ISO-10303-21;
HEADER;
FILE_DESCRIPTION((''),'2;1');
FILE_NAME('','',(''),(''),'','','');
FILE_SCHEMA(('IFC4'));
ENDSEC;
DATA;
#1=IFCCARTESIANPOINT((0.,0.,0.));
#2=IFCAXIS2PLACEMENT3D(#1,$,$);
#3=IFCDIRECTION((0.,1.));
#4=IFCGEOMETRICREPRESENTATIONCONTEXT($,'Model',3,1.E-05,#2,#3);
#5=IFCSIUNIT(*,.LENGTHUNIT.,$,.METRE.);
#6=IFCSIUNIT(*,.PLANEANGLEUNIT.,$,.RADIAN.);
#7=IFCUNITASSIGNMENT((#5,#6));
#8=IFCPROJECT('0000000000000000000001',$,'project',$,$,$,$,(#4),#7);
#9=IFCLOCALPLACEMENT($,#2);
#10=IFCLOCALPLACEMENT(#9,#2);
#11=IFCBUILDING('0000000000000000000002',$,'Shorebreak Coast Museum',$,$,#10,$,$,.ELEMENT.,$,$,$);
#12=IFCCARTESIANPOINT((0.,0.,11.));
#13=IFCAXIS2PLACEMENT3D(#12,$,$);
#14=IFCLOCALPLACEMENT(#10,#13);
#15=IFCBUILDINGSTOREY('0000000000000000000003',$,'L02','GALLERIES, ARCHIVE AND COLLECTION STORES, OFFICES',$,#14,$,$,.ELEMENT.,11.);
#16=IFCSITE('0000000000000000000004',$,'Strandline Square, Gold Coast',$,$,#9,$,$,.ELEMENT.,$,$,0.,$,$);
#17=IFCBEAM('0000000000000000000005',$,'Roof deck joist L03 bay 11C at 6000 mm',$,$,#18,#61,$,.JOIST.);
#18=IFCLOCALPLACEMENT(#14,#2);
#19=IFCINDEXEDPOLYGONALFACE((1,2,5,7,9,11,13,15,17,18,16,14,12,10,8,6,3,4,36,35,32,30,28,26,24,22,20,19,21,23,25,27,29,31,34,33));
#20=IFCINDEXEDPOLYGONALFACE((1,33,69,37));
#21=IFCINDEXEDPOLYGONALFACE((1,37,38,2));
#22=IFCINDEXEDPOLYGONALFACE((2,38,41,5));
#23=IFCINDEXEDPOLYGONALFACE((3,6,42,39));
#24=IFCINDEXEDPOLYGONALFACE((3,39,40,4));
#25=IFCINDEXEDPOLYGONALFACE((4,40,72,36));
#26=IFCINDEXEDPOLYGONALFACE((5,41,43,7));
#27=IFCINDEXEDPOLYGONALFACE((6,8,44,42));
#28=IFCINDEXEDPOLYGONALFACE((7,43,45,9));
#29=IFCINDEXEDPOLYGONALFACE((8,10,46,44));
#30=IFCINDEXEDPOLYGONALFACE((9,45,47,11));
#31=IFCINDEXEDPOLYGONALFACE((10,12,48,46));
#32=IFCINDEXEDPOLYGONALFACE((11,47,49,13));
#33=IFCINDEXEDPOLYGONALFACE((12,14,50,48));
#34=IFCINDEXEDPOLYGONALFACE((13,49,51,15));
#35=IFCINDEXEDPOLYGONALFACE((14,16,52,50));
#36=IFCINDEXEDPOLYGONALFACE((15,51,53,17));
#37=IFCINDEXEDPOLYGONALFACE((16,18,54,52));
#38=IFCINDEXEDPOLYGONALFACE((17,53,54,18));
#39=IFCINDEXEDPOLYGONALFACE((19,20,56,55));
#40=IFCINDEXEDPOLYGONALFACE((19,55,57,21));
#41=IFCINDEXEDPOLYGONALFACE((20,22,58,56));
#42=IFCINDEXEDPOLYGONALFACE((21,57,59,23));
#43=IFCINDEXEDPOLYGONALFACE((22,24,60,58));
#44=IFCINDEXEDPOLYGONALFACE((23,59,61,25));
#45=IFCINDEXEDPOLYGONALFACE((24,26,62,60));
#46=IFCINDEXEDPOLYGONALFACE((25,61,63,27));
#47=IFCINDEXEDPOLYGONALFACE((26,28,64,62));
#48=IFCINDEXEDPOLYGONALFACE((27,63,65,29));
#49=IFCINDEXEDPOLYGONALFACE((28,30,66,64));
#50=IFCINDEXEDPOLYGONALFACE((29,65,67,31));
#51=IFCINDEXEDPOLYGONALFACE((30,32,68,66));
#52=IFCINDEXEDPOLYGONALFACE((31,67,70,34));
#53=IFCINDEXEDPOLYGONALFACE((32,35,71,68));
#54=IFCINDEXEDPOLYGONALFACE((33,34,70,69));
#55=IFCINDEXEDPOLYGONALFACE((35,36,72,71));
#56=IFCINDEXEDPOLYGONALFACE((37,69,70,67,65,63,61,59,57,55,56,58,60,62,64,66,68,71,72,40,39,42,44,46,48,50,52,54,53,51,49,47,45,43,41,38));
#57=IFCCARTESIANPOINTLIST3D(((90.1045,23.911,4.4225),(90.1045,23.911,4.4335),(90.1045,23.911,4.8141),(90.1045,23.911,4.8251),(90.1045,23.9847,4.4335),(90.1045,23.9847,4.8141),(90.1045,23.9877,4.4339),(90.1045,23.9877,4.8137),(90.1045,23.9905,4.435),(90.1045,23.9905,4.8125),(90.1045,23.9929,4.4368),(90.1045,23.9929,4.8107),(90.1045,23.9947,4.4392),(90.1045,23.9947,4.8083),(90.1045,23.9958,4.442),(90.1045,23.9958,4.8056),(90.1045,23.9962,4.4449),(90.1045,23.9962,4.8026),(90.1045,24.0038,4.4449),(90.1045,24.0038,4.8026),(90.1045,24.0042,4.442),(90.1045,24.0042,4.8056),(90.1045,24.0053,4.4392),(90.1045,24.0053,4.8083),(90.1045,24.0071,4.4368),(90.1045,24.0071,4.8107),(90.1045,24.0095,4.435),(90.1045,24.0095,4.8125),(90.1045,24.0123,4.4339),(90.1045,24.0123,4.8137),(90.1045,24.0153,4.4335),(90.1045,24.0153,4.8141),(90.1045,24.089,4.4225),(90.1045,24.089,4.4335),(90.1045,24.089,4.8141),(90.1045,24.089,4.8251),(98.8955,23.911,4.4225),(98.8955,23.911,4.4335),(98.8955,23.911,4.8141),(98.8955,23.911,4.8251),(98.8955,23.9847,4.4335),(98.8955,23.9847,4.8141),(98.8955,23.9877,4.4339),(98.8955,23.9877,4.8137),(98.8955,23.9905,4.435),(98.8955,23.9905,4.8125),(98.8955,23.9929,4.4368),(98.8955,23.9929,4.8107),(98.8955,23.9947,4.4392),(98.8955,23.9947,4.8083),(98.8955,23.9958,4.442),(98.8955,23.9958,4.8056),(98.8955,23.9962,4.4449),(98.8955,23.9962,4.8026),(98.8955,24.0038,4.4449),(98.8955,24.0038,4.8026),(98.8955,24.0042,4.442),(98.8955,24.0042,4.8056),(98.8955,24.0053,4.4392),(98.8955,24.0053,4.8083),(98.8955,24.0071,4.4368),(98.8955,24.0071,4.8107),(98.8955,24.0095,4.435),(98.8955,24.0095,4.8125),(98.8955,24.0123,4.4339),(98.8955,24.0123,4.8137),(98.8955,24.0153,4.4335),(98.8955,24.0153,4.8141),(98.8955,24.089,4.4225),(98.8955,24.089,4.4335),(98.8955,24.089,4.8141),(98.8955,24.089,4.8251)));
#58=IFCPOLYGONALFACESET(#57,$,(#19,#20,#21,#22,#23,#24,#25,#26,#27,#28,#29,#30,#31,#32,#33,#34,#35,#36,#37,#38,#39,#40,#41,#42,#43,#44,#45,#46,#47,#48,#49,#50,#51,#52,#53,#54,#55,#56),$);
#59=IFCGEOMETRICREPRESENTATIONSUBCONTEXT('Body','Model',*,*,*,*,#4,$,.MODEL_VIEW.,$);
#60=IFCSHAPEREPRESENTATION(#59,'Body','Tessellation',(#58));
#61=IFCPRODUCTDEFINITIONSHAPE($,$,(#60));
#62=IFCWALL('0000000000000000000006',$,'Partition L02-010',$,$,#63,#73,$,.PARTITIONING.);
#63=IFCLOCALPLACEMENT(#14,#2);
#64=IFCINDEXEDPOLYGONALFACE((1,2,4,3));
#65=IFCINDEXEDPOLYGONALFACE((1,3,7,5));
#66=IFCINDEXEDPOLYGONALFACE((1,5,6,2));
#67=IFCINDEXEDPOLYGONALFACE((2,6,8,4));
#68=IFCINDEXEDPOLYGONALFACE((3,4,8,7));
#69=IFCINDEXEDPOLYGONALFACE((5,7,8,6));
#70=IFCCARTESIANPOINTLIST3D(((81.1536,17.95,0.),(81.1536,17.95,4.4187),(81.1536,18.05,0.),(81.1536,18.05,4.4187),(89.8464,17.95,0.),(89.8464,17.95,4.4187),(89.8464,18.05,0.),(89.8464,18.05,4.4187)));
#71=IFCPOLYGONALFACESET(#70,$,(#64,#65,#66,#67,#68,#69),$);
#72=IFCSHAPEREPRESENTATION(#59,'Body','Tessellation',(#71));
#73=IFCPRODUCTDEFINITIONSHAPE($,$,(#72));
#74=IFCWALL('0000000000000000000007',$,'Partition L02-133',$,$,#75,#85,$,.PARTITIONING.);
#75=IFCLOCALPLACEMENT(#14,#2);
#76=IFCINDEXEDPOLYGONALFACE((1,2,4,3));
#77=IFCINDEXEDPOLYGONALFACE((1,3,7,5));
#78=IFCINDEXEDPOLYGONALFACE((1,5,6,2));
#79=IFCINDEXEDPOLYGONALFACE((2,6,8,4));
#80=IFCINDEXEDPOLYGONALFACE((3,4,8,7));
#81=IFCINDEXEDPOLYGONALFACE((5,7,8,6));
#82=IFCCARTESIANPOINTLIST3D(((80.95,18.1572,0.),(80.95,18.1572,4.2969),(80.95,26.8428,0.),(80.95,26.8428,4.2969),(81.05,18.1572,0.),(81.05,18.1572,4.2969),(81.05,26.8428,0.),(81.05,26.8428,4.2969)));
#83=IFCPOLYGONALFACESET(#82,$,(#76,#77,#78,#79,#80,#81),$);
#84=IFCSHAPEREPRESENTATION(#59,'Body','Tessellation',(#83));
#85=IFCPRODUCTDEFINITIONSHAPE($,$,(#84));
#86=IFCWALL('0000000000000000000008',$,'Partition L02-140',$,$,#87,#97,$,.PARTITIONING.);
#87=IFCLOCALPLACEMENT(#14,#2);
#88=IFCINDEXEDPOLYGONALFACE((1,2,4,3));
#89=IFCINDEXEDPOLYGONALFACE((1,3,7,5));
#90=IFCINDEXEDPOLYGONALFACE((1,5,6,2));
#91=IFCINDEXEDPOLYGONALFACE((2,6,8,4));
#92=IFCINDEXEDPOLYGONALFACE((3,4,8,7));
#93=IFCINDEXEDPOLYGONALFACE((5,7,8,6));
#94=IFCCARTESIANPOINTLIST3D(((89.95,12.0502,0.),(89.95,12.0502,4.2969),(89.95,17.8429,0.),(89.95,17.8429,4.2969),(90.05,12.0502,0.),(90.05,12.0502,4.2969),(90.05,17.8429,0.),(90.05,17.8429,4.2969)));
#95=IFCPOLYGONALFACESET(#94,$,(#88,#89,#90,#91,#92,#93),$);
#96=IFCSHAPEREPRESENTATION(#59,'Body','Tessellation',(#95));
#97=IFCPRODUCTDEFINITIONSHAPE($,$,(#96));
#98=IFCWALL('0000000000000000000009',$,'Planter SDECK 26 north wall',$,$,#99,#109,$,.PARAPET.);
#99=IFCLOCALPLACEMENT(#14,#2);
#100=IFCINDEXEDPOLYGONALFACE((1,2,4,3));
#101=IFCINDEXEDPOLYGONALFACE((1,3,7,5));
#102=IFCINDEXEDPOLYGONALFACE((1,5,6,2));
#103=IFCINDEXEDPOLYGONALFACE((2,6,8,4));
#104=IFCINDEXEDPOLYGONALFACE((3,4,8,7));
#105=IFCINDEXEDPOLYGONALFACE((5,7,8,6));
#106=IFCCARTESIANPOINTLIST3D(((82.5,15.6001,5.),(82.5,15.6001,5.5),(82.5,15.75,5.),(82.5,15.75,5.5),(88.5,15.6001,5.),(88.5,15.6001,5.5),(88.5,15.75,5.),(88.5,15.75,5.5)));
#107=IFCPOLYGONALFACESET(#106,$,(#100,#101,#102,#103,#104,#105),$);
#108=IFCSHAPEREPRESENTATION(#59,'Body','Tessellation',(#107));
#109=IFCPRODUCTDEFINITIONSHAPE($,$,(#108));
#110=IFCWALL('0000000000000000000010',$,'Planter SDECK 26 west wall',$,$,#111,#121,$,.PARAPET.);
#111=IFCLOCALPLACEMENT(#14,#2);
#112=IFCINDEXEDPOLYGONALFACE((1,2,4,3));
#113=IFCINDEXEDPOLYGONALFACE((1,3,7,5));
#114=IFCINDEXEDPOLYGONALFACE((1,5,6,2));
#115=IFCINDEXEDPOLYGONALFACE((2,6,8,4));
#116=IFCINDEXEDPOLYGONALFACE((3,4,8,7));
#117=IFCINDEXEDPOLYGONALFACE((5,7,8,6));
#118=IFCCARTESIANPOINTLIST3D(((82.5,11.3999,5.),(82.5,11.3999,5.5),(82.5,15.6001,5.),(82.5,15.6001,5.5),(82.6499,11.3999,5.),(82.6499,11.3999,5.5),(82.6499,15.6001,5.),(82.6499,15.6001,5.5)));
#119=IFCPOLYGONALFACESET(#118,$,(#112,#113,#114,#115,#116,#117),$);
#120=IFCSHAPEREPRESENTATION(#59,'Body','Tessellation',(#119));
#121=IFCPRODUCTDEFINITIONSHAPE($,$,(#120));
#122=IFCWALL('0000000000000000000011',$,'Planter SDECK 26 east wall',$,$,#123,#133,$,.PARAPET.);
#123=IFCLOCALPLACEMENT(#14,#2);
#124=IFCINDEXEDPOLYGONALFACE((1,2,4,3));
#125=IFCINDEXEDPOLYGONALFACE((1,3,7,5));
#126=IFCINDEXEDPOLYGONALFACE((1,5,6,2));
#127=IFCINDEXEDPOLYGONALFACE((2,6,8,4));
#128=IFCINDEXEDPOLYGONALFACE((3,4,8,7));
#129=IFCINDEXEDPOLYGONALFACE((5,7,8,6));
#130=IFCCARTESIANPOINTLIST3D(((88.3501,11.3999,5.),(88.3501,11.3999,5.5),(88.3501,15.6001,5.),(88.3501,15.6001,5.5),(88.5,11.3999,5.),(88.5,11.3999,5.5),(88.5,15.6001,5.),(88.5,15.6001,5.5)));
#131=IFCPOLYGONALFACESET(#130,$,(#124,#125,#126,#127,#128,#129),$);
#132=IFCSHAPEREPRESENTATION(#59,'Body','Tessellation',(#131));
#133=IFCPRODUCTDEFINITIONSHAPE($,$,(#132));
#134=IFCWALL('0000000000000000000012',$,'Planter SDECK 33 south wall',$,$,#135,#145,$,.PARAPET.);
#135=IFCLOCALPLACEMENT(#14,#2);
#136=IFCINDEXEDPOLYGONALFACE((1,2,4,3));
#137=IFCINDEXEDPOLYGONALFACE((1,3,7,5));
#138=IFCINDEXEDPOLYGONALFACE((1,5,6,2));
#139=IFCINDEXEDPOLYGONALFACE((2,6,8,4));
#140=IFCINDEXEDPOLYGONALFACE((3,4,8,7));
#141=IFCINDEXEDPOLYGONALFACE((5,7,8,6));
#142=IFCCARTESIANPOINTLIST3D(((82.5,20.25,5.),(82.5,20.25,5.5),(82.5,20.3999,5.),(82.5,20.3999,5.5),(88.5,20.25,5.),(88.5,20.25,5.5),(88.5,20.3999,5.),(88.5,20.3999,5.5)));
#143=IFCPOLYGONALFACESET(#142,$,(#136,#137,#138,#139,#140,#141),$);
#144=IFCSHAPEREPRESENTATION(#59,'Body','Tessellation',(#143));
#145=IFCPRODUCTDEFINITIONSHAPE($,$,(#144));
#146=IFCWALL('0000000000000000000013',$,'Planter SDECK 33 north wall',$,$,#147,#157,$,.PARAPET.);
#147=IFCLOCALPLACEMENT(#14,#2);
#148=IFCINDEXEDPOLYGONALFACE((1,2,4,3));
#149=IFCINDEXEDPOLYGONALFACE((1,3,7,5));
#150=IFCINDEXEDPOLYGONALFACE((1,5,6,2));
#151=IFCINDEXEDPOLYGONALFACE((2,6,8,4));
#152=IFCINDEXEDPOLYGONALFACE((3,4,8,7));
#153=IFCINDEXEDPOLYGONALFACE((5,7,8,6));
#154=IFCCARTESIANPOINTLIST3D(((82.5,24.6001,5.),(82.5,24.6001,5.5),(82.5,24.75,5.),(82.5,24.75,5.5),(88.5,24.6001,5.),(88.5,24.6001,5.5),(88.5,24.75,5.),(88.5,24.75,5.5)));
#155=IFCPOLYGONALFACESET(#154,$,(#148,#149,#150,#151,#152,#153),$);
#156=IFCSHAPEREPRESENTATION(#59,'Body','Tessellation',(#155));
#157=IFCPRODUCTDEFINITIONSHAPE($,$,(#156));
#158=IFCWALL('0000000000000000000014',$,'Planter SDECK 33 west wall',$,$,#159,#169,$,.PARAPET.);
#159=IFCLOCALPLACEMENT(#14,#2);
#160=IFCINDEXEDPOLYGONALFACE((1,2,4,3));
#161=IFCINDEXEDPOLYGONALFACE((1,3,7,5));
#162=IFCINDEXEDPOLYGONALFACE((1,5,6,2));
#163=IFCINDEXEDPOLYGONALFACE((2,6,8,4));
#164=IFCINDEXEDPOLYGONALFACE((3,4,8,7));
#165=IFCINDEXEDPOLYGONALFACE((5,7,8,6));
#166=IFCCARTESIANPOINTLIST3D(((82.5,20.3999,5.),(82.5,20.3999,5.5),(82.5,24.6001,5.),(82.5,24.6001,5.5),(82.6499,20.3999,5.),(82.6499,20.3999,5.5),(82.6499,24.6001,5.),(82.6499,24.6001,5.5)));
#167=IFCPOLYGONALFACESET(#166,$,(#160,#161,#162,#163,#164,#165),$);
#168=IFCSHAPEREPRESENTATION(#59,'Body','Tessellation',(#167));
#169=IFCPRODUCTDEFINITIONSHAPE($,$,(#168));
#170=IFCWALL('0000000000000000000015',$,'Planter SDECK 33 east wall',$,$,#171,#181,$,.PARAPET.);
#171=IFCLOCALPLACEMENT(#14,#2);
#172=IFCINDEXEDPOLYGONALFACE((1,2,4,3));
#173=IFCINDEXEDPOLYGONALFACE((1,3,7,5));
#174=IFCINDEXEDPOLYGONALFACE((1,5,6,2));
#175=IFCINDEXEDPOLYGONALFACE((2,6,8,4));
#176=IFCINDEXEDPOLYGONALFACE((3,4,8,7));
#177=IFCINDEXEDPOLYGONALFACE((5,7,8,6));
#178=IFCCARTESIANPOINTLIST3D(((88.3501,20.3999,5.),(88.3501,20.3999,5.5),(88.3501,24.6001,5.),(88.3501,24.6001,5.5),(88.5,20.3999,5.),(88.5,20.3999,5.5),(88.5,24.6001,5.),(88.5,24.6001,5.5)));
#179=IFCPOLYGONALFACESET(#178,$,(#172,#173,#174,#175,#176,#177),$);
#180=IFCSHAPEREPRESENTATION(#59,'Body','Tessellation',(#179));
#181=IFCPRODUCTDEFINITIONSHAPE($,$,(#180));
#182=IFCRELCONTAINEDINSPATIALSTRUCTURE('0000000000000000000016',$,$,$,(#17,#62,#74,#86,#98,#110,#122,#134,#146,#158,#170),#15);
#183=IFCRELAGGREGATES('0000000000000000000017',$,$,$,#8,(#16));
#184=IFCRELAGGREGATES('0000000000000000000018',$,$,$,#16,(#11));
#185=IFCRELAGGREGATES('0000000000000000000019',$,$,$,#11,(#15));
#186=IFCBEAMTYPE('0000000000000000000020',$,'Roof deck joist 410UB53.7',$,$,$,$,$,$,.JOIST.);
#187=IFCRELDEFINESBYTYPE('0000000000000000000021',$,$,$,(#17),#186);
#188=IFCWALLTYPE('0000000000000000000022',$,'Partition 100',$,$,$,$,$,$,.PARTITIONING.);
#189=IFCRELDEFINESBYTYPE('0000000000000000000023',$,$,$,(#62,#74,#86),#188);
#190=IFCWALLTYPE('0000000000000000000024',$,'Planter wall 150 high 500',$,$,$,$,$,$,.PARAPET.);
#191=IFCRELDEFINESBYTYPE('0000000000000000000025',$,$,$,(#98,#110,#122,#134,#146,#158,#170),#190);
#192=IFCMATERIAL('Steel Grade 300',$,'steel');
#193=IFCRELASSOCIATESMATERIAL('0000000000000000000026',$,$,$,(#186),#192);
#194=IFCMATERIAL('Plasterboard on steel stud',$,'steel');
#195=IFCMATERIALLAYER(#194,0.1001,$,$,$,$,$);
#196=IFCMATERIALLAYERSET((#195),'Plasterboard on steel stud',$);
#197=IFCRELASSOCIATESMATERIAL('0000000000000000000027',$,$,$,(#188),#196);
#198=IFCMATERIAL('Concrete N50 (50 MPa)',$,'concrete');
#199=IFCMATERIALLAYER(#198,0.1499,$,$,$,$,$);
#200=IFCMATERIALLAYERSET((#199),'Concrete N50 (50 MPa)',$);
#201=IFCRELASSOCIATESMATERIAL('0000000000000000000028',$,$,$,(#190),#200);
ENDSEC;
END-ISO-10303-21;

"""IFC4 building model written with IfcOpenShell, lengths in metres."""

from ifc_helpers import new_model, si_unit, direction, frame, frame_2d, origin, origin_2d, place, context, subcontext, project, spatial, rectangle, i_section, extrude, material, layer, layer_set, material_profile, profile_set, type_object, element, save


model = new_model("IFC4")

# Units and contexts
model_context = context("Model", 3, precision=1e-05, world=origin(), true_north=direction((0.0, 1.0)))
body_context = subcontext(model_context, "Body", "Model", "MODEL_VIEW")
ifc_project = project(units=[si_unit("LENGTHUNIT", "METRE"), si_unit("PLANEANGLEUNIT", "RADIAN")], contexts=[model_context])

# Site, building, storey
site_placement = place(None, origin())
site = spatial("IfcSite", under=ifc_project, at=site_placement, Name="Strandline Square, Gold Coast", CompositionType="ELEMENT", RefElevation=0.0)
building_placement = place(site_placement, origin())
building = spatial("IfcBuilding", under=site, at=building_placement, Name="Shorebreak Coast Museum", CompositionType="ELEMENT")
storey_placement = place(building_placement, frame((0.0, 0.0, 11.0)))
storey = spatial("IfcBuildingStorey", under=building, at=storey_placement, Name="L02", Description="GALLERIES, ARCHIVE AND COLLECTION STORES, OFFICES", CompositionType="ELEMENT", Elevation=11.0)

# Beam
ifc_material_1 = material(Name="Steel Grade 300", Category="steel")
ifc_material_profile_1 = material_profile(ifc_material_1, i_section(OverallWidth=0.178, OverallDepth=0.4026, WebThickness=0.0076, FlangeThickness=0.011, FilletRadius=0.0115, at=origin_2d()), Name="410UB53.7")
ifc_profile_set_1 = profile_set([ifc_material_profile_1], Name="Steel Grade 300")
beam_type_1 = type_object("IfcBeamType", Name="Roof deck joist 410UB53.7", PredefinedType="JOIST", material=ifc_profile_set_1)
for number, where, z_axis, x_axis, name in (
    (1, (90.1045, 24.0, 4.6238), (1.0, 0.0, 0.0), (0.0, 1.0, 0.0), "Roof deck joist L03 bay 11C at 6000 mm"),
):
    element("IfcBeam", number, at=place(storey_placement, frame(where, z_axis=z_axis, x_axis=x_axis)), inside=storey, type_object=beam_type_1, Name=name, PredefinedType="JOIST", context=body_context, shape_type="SweptSolid", body=[
        extrude(i_section(OverallWidth=0.178, OverallDepth=0.4026, WebThickness=0.0076, FlangeThickness=0.011, FilletRadius=0.0115, at=origin_2d()), origin(), (0.0, 0.0, 1.0), 8.791),
    ])

# Walls
ifc_material_2 = material(Name="Plasterboard on steel stud", Category="steel")
ifc_layer_1 = layer(ifc_material_2, 0.1001)
ifc_layer_set_1 = layer_set([ifc_layer_1], Name="Plasterboard on steel stud")
wall_type_1 = type_object("IfcWallType", Name="Partition 100", PredefinedType="PARTITIONING", material=ifc_layer_set_1)
wall_1_placement = place(storey_placement, frame((81.1536, 18.0, 0.0), z_axis=(0.0, 0.0, 1.0), x_axis=(1.0, 0.0, 0.0)))
element("IfcWall", 2, at=wall_1_placement, inside=storey, type_object=wall_type_1, Name="Partition L02-010", PredefinedType="PARTITIONING", context=body_context, shape_type="SweptSolid", body=[
    extrude(rectangle(XDim=8.6929, YDim=0.1001, at=frame_2d((4.3464, 0.0))), origin(), (0.0, 0.0, 1.0), 4.4187),
])
wall_2_placement = place(storey_placement, frame((81.0, 18.1572, 0.0), z_axis=(0.0, 0.0, 1.0), x_axis=(0.0, 1.0, 0.0)))
element("IfcWall", 3, at=wall_2_placement, inside=storey, type_object=wall_type_1, Name="Partition L02-133", PredefinedType="PARTITIONING", context=body_context, shape_type="SweptSolid", body=[
    extrude(rectangle(XDim=8.6855, YDim=0.1001, at=frame_2d((4.3428, 0.0))), origin(), (0.0, 0.0, 1.0), 4.2969),
])
wall_3_placement = place(storey_placement, frame((90.0, 12.05, 0.0), z_axis=(0.0, 0.0, 1.0), x_axis=(0.0, 1.0, 0.0)))
element("IfcWall", 4, at=wall_3_placement, inside=storey, type_object=wall_type_1, Name="Partition L02-140", PredefinedType="PARTITIONING", context=body_context, shape_type="SweptSolid", body=[
    extrude(rectangle(XDim=5.7927, YDim=0.1001, at=frame_2d((2.8965, 0.0))), origin(), (0.0, 0.0, 1.0), 4.2969),
])
ifc_material_3 = material(Name="Concrete N50 (50 MPa)", Category="concrete")
ifc_layer_2 = layer(ifc_material_3, 0.1499)
ifc_layer_set_2 = layer_set([ifc_layer_2], Name="Concrete N50 (50 MPa)")
wall_type_2 = type_object("IfcWallType", Name="Planter wall 150 high 500", PredefinedType="PARAPET", material=ifc_layer_set_2)
wall_4_placement = place(storey_placement, frame((82.5, 15.675, 5.0), z_axis=(0.0, 0.0, 1.0), x_axis=(1.0, 0.0, 0.0)))
element("IfcWall", 5, at=wall_4_placement, inside=storey, type_object=wall_type_2, Name="Planter SDECK 26 north wall", PredefinedType="PARAPET", context=body_context, shape_type="SweptSolid", body=[
    extrude(rectangle(XDim=6.0, YDim=0.1499, at=frame_2d((3.0, 0.0))), origin(), (0.0, 0.0, 1.0), 0.5),
])
for number, where, z_axis, x_axis, name in (
    (6, (82.575, 11.3999, 5.0), (0.0, 0.0, 1.0), (0.0, 1.0, 0.0), "Planter SDECK 26 west wall"),
    (7, (88.425, 11.3999, 5.0), (0.0, 0.0, 1.0), (0.0, 1.0, 0.0), "Planter SDECK 26 east wall"),
):
    element("IfcWall", number, at=place(storey_placement, frame(where, z_axis=z_axis, x_axis=x_axis)), inside=storey, type_object=wall_type_2, Name=name, PredefinedType="PARAPET", context=body_context, shape_type="SweptSolid", body=[
        extrude(rectangle(XDim=4.2002, YDim=0.1499, at=frame_2d((2.1001, 0.0))), origin(), (0.0, 0.0, 1.0), 0.5),
    ])
for number, where, z_axis, x_axis, name in (
    (8, (82.5, 20.325, 5.0), (0.0, 0.0, 1.0), (1.0, 0.0, 0.0), "Planter SDECK 33 south wall"),
    (9, (82.5, 24.675, 5.0), (0.0, 0.0, 1.0), (1.0, 0.0, 0.0), "Planter SDECK 33 north wall"),
):
    element("IfcWall", number, at=place(storey_placement, frame(where, z_axis=z_axis, x_axis=x_axis)), inside=storey, type_object=wall_type_2, Name=name, PredefinedType="PARAPET", context=body_context, shape_type="SweptSolid", body=[
        extrude(rectangle(XDim=6.0, YDim=0.1499, at=frame_2d((3.0, 0.0))), origin(), (0.0, 0.0, 1.0), 0.5),
    ])
for number, where, z_axis, x_axis, name in (
    (10, (82.575, 20.3999, 5.0), (0.0, 0.0, 1.0), (0.0, 1.0, 0.0), "Planter SDECK 33 west wall"),
    (11, (88.425, 20.3999, 5.0), (0.0, 0.0, 1.0), (0.0, 1.0, 0.0), "Planter SDECK 33 east wall"),
):
    element("IfcWall", number, at=place(storey_placement, frame(where, z_axis=z_axis, x_axis=x_axis)), inside=storey, type_object=wall_type_2, Name=name, PredefinedType="PARAPET", context=body_context, shape_type="SweptSolid", body=[
        extrude(rectangle(XDim=4.2002, YDim=0.1499, at=frame_2d((2.1001, 0.0))), origin(), (0.0, 0.0, 1.0), 0.5),
    ])

save(model, "model.ifc")
